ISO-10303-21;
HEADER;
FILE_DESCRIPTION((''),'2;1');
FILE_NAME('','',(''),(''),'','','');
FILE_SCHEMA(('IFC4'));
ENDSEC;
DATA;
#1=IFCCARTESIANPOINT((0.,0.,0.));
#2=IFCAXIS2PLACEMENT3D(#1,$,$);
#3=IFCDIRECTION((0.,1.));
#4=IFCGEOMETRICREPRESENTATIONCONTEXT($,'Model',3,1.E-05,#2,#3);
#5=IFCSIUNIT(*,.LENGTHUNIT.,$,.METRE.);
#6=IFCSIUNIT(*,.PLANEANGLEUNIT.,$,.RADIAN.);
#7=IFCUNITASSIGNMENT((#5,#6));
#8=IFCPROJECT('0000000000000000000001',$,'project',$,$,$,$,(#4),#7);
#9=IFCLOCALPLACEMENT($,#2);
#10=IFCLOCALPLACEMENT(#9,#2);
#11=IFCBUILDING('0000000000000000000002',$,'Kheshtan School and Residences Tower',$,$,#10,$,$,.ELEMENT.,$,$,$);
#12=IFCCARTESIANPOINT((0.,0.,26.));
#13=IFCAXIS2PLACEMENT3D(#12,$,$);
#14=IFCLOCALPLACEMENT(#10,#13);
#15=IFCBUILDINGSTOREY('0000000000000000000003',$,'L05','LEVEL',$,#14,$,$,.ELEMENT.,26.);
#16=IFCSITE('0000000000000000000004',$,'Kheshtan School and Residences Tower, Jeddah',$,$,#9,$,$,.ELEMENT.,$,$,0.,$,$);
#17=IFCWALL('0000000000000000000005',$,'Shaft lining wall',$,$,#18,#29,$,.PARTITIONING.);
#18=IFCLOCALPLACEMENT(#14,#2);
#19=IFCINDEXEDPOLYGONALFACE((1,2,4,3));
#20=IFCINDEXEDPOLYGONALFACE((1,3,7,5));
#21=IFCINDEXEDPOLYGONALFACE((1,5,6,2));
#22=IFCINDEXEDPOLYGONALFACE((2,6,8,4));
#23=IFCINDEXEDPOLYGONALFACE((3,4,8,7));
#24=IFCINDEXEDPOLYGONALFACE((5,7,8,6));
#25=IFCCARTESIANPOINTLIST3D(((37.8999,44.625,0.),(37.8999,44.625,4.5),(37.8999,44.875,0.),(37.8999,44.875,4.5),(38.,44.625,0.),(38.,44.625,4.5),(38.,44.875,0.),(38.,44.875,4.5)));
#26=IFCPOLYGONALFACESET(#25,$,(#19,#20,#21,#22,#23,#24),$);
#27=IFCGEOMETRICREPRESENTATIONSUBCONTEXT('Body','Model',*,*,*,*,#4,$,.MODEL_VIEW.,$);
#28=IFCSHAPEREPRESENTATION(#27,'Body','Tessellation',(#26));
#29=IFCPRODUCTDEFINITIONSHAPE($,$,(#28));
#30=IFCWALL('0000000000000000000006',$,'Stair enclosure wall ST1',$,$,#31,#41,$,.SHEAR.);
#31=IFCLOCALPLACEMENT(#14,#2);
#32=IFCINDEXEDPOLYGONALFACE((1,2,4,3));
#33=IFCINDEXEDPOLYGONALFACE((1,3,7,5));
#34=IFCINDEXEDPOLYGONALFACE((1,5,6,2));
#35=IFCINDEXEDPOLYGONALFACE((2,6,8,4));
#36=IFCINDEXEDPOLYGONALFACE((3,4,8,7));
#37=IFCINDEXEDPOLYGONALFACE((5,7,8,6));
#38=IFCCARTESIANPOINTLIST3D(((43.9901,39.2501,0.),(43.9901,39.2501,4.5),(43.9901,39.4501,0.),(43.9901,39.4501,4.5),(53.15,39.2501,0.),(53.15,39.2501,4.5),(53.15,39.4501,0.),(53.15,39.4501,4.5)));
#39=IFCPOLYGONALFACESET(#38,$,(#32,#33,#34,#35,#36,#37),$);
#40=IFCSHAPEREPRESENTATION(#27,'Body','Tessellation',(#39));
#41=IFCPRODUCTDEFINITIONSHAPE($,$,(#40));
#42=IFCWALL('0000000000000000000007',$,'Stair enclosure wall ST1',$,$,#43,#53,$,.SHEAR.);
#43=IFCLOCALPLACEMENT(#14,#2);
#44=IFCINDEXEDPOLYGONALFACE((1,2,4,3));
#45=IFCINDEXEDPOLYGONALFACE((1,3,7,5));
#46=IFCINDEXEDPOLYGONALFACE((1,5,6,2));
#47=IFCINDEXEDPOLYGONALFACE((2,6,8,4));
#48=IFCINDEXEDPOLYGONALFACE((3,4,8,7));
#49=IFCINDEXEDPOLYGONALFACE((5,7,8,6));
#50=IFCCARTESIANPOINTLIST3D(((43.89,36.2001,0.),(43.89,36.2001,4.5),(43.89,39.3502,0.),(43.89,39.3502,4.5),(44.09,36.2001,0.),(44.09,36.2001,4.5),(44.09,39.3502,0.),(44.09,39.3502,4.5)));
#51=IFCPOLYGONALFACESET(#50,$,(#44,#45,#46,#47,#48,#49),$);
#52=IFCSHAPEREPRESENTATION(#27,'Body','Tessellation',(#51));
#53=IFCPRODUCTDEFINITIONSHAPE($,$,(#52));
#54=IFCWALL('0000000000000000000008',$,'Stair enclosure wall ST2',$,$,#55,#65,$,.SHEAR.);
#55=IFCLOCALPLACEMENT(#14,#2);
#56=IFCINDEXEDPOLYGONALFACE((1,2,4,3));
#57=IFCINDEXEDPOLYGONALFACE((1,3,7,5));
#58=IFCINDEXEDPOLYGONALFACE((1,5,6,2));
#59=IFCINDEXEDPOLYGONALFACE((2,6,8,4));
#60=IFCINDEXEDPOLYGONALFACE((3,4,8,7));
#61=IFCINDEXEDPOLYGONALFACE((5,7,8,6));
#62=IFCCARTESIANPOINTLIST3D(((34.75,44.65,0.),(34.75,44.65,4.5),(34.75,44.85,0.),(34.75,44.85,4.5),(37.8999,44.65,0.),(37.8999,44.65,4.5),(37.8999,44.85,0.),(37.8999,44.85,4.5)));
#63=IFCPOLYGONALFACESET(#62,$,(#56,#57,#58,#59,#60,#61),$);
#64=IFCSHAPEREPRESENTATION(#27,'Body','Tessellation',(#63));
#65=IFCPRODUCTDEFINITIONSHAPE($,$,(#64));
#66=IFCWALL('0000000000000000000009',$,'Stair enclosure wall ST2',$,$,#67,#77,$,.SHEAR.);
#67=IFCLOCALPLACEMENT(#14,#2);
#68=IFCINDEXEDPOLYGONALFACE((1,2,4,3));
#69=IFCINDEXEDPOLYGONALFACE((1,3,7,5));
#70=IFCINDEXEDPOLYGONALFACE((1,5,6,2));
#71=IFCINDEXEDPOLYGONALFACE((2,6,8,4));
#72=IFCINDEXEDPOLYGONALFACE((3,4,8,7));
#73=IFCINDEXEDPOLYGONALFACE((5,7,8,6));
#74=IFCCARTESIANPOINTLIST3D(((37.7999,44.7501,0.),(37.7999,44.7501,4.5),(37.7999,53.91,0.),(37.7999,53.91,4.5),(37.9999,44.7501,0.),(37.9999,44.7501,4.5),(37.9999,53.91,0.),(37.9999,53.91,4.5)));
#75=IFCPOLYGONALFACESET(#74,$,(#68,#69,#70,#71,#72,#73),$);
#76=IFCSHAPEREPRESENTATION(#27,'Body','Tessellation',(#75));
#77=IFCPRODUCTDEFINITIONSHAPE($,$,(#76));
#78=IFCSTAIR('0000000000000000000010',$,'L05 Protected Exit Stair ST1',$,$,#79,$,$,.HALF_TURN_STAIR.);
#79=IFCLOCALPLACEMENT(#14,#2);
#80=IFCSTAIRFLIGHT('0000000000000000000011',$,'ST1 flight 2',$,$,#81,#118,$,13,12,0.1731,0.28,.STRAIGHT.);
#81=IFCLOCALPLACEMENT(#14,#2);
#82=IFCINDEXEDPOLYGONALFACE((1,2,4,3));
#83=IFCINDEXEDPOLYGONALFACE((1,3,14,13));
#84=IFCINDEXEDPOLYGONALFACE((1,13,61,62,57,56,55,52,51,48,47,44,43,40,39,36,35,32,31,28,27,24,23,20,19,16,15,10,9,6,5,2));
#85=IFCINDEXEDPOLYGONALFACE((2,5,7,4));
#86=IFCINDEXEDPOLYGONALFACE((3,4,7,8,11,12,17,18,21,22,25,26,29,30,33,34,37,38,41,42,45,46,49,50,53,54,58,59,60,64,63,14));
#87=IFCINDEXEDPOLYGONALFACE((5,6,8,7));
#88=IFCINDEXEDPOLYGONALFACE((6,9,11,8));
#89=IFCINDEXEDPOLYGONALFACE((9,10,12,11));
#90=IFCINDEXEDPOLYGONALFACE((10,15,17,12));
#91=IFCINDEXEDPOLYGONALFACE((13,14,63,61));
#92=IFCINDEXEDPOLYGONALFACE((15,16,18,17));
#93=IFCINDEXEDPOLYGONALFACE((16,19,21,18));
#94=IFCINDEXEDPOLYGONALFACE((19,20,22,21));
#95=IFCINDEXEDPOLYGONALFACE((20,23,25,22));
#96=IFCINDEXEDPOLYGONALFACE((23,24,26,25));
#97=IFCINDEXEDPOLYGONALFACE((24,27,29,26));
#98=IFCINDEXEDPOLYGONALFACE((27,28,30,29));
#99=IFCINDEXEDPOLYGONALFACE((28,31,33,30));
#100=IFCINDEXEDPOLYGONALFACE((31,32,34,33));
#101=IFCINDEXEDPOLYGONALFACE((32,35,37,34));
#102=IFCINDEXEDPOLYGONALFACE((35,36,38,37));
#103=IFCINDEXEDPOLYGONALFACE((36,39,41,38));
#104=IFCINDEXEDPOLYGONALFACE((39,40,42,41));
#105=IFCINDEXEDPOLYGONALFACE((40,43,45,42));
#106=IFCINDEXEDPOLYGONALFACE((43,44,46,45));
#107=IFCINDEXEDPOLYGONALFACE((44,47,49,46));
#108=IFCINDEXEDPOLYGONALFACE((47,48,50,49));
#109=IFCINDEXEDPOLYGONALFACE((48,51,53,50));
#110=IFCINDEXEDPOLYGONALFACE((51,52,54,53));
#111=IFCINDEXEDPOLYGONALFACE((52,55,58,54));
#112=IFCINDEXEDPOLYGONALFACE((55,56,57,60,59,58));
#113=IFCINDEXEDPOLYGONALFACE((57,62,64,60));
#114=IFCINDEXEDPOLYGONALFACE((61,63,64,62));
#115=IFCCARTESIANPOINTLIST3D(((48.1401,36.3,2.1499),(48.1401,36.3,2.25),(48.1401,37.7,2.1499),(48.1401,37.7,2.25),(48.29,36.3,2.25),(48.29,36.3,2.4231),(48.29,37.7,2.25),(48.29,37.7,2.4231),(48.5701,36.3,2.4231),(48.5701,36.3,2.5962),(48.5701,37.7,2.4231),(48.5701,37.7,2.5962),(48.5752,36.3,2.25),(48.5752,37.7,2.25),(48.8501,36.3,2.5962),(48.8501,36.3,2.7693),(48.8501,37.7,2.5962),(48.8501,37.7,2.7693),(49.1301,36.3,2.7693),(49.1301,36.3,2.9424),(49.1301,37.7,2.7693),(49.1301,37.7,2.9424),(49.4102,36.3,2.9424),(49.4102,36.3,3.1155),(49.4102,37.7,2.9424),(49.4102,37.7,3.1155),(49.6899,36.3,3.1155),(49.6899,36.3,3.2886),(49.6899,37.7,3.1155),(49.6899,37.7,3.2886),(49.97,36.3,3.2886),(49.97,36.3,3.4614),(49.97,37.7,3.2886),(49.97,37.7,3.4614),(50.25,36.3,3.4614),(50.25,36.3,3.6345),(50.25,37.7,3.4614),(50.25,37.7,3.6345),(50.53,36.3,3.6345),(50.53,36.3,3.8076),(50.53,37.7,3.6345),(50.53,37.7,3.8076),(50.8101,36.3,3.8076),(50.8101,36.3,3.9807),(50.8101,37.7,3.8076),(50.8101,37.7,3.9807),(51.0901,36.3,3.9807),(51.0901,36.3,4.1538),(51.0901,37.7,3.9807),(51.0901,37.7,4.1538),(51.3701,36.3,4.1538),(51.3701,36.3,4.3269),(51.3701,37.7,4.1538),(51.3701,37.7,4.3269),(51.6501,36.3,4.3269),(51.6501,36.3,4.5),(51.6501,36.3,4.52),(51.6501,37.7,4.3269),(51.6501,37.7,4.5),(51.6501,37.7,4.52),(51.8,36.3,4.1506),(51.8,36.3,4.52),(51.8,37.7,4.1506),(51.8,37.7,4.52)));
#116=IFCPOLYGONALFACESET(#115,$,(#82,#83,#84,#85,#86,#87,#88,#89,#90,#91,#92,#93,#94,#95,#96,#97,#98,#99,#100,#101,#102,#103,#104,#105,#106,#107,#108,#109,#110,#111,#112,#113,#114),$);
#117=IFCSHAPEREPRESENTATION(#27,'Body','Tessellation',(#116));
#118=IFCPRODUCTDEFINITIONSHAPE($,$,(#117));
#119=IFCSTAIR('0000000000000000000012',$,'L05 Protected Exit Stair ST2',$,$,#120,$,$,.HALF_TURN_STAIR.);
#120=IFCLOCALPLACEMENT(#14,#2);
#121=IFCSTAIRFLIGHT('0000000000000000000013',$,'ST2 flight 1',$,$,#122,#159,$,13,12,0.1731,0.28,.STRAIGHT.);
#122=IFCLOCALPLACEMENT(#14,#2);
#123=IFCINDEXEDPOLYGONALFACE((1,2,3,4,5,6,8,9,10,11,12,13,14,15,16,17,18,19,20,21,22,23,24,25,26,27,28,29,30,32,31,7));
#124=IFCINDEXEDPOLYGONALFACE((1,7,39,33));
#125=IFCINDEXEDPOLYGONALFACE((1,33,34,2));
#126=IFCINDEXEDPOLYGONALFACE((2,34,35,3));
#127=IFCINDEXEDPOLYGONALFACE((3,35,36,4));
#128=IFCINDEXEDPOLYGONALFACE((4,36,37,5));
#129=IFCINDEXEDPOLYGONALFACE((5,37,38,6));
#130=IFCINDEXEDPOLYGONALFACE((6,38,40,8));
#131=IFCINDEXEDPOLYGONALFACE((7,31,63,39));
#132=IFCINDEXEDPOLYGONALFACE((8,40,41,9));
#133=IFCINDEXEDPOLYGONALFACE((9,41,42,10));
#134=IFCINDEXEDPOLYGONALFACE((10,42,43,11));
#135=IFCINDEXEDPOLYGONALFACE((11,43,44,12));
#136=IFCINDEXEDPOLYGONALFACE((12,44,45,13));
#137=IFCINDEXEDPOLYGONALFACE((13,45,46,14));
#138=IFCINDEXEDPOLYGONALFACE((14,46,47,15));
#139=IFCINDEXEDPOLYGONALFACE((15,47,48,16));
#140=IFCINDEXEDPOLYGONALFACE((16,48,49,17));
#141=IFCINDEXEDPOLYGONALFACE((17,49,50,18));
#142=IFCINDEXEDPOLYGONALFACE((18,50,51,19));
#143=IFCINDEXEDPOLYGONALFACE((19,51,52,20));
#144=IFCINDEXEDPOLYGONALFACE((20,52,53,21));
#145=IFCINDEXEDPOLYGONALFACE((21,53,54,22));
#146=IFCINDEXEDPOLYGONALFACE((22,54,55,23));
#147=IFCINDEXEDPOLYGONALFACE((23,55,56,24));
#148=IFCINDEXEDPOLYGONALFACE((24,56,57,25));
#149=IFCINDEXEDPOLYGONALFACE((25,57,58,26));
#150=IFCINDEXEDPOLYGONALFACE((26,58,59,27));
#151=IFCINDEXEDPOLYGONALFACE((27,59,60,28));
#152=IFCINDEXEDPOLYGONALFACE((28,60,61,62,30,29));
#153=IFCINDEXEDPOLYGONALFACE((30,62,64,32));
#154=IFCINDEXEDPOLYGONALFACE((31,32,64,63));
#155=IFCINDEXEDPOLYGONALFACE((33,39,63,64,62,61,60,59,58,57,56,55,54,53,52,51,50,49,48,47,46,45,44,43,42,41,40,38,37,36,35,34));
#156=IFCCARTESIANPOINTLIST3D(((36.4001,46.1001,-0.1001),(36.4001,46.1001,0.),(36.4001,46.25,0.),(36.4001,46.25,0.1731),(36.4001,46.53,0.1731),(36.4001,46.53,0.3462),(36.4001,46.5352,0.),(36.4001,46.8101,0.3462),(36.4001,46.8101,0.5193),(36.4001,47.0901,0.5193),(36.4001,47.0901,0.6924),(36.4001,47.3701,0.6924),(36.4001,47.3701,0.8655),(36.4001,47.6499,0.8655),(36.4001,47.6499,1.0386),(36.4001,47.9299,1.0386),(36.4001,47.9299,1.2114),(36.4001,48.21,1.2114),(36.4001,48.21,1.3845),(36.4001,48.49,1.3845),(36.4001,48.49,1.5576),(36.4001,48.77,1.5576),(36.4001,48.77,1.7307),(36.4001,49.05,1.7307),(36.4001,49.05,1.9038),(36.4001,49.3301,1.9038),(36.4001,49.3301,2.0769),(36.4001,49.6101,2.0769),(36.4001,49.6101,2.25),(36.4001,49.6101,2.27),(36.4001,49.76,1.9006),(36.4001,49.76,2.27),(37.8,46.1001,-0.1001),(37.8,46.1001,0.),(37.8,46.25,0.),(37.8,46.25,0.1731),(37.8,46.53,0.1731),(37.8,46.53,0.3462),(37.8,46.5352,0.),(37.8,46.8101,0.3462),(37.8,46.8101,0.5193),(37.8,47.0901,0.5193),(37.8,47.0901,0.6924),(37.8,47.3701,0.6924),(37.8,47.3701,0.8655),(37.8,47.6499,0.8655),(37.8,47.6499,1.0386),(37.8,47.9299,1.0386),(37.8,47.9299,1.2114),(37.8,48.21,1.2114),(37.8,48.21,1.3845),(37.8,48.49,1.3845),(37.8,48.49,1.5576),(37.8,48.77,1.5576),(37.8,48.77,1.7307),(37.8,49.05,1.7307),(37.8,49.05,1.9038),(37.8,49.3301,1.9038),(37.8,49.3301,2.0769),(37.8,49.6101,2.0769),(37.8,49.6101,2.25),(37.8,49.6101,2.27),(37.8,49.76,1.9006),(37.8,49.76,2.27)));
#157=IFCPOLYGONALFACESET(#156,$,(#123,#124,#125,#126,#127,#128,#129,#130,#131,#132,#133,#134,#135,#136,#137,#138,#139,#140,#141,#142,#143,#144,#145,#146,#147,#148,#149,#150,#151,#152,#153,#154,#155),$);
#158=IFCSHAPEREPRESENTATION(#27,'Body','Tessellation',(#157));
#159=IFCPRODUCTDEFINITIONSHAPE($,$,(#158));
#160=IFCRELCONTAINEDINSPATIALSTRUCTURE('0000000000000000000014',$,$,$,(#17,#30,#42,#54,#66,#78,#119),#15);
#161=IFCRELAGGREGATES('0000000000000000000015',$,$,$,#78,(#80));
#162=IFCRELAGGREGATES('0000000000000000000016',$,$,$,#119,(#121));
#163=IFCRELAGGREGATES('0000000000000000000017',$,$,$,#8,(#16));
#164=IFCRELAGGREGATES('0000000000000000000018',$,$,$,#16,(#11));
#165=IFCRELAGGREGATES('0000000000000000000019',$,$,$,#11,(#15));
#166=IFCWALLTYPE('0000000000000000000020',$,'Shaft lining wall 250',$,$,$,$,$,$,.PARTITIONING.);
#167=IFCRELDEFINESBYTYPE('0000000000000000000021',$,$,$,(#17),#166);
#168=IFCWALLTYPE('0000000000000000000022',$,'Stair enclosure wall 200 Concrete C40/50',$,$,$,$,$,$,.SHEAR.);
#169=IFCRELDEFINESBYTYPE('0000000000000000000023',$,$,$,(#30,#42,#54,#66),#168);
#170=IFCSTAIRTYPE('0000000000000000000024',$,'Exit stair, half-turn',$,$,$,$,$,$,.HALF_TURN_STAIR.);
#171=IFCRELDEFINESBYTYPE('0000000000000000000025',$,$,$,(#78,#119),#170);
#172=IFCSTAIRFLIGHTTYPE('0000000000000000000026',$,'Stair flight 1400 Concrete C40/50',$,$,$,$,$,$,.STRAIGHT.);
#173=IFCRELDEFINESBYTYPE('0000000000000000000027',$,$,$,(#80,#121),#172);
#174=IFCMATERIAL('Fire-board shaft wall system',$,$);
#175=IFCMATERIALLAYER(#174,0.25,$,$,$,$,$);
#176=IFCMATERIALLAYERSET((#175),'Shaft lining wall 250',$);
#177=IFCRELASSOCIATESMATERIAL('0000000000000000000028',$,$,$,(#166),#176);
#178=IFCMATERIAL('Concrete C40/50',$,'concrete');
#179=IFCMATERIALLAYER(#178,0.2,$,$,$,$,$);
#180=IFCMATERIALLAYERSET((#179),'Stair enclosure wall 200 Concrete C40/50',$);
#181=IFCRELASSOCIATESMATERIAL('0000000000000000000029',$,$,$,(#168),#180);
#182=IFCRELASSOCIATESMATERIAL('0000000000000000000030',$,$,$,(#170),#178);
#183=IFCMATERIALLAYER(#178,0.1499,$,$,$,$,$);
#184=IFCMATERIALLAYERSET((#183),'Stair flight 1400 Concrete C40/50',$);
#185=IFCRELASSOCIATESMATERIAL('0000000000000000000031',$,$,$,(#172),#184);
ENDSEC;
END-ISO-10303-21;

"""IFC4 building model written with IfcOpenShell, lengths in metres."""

from ifc_helpers import new_model, si_unit, direction, frame, frame_2d, origin, place, context, subcontext, project, spatial, polyline, rectangle, outline, extrude, material, layer, layer_set, type_object, element, aggregate, save


model = new_model("IFC4")

# Units and contexts
model_context = context("Model", 3, precision=1e-05, world=origin(), true_north=direction((0.0, 1.0)))
body_context = subcontext(model_context, "Body", "Model", "MODEL_VIEW")
ifc_project = project(units=[si_unit("LENGTHUNIT", "METRE"), si_unit("PLANEANGLEUNIT", "RADIAN")], contexts=[model_context])

# Site, building, storey
site_placement = place(None, origin())
site = spatial("IfcSite", under=ifc_project, at=site_placement, Name="Kheshtan School and Residences Tower, Jeddah", CompositionType="ELEMENT", RefElevation=0.0)
building_placement = place(site_placement, origin())
building = spatial("IfcBuilding", under=site, at=building_placement, Name="Kheshtan School and Residences Tower", CompositionType="ELEMENT")
storey_placement = place(building_placement, frame((0.0, 0.0, 26.0)))
storey = spatial("IfcBuildingStorey", under=building, at=storey_placement, Name="L05", Description="LEVEL", CompositionType="ELEMENT", Elevation=26.0)

# Walls
ifc_material_1 = material(Name="Fire-board shaft wall system")
ifc_layer_1 = layer(ifc_material_1, 0.25)
ifc_layer_set_1 = layer_set([ifc_layer_1], Name="Shaft lining wall 250")
wall_type_1 = type_object("IfcWallType", Name="Shaft lining wall 250", PredefinedType="PARTITIONING", material=ifc_layer_set_1)
wall_1_placement = place(storey_placement, frame((37.8999, 44.75, 0.0), z_axis=(0.0, 0.0, 1.0), x_axis=(1.0, 0.0, 0.0)))
element("IfcWall", 1, at=wall_1_placement, inside=storey, type_object=wall_type_1, Name="Shaft lining wall", PredefinedType="PARTITIONING", context=body_context, shape_type="SweptSolid", body=[
    extrude(rectangle(XDim=0.1001, YDim=0.25, at=frame_2d((0.05, 0.0))), origin(), (0.0, 0.0, 1.0), 4.5),
])
ifc_material_2 = material(Name="Concrete C40/50", Category="concrete")
ifc_layer_2 = layer(ifc_material_2, 0.2)
ifc_layer_set_2 = layer_set([ifc_layer_2], Name="Stair enclosure wall 200 Concrete C40/50")
wall_type_2 = type_object("IfcWallType", Name="Stair enclosure wall 200 Concrete C40/50", PredefinedType="SHEAR", material=ifc_layer_set_2)
wall_2_placement = place(storey_placement, frame((43.99, 39.3501, 0.0), z_axis=(0.0, 0.0, 1.0), x_axis=(1.0, 0.0, 0.0)))
element("IfcWall", 2, at=wall_2_placement, inside=storey, type_object=wall_type_2, Name="Stair enclosure wall ST1", PredefinedType="SHEAR", context=body_context, shape_type="SweptSolid", body=[
    extrude(rectangle(XDim=9.1599, YDim=0.2, at=frame_2d((4.5801, 0.0))), origin(), (0.0, 0.0, 1.0), 4.5),
])
wall_3_placement = place(storey_placement, frame((43.99, 36.2, 0.0), z_axis=(0.0, 0.0, 1.0), x_axis=(0.0, 1.0, 0.0)))
element("IfcWall", 3, at=wall_3_placement, inside=storey, type_object=wall_type_2, Name="Stair enclosure wall ST1", PredefinedType="SHEAR", context=body_context, shape_type="SweptSolid", body=[
    extrude(rectangle(XDim=3.1501, YDim=0.2, at=frame_2d((1.5752, 0.0))), origin(), (0.0, 0.0, 1.0), 4.5),
])
wall_4_placement = place(storey_placement, frame((34.75, 44.75, 0.0), z_axis=(0.0, 0.0, 1.0), x_axis=(1.0, 0.0, 0.0)))
element("IfcWall", 4, at=wall_4_placement, inside=storey, type_object=wall_type_2, Name="Stair enclosure wall ST2", PredefinedType="SHEAR", context=body_context, shape_type="SweptSolid", body=[
    extrude(rectangle(XDim=3.1499, YDim=0.2, at=frame_2d((1.575, 0.0))), origin(), (0.0, 0.0, 1.0), 4.5),
])
wall_5_placement = place(storey_placement, frame((37.8999, 44.75, 0.0), z_axis=(0.0, 0.0, 1.0), x_axis=(0.0, 1.0, 0.0)))
element("IfcWall", 5, at=wall_5_placement, inside=storey, type_object=wall_type_2, Name="Stair enclosure wall ST2", PredefinedType="SHEAR", context=body_context, shape_type="SweptSolid", body=[
    extrude(rectangle(XDim=9.1599, YDim=0.2, at=frame_2d((4.5801, 0.0))), origin(), (0.0, 0.0, 1.0), 4.5),
])

# Stairs, stair flights
stair_type = type_object("IfcStairType", Name="Exit stair, half-turn", PredefinedType="HALF_TURN_STAIR", material=ifc_material_2)
stair_1_placement = place(storey_placement, origin())
stair_1 = element("IfcStair", 6, at=stair_1_placement, inside=storey, type_object=stair_type, Name="L05 Protected Exit Stair ST1", PredefinedType="HALF_TURN_STAIR")
ifc_layer_3 = layer(ifc_material_2, 0.1499)
ifc_layer_set_3 = layer_set([ifc_layer_3], Name="Stair flight 1400 Concrete C40/50")
stair_flight_type = type_object("IfcStairFlightType", Name="Stair flight 1400 Concrete C40/50", PredefinedType="STRAIGHT", material=ifc_layer_set_3)
stair_flight_1_placement = place(storey_placement, frame((48.29, 37.0, 2.25), z_axis=(0.0, 0.0, 1.0), x_axis=(1.0, 0.0, 0.0)))
stair_flight_1 = element("IfcStairFlight", 7, at=stair_flight_1_placement, type_object=stair_flight_type, Name="ST1 flight 2", NumberOfRisers=13, NumberOfTreads=12, PredefinedType="STRAIGHT", RiserHeight=0.1731, TreadLength=0.28, context=body_context, shape_type="SweptSolid", body=[
    extrude(outline(polyline([(-0.1499, -0.1001), (-0.1499, 0.0), (0.0, 0.0), (0.0, 0.1731), (0.28, 0.1731), (0.28, 0.3462), (0.5601, 0.3462), (0.5601, 0.5193), (0.8401, 0.5193), (0.8401, 0.6924), (1.1201, 0.6924), (1.1201, 0.8655), (1.3999, 0.8655), (1.3999, 1.0386), (1.6799, 1.0386), (1.6799, 1.2114), (1.96, 1.2114), (1.96, 1.3845), (2.24, 1.3845), (2.24, 1.5576), (2.52, 1.5576), (2.52, 1.7307), (2.8, 1.7307), (2.8, 1.9038), (3.0801, 1.9038), (3.0801, 2.0769), (3.3601, 2.0769), (3.3601, 2.25), (3.3601, 2.27), (3.51, 2.27), (3.51, 1.9006), (0.2852, 0.0), (-0.1499, -0.1001)])), frame((0.0, 0.7, 0.0), z_axis=(0.0, -1.0, 0.0), x_axis=(1.0, 0.0, 0.0)), (0.0, 0.0, 1.0), 1.3999),
])
aggregate(stair_1, [stair_flight_1])
stair_2_placement = place(storey_placement, origin())
stair_2 = element("IfcStair", 8, at=stair_2_placement, inside=storey, type_object=stair_type, Name="L05 Protected Exit Stair ST2", PredefinedType="HALF_TURN_STAIR")
stair_flight_2_placement = place(storey_placement, frame((37.1001, 46.25, 0.0), z_axis=(0.0, 0.0, 1.0), x_axis=(0.0, 1.0, 0.0)))
stair_flight_2 = element("IfcStairFlight", 9, at=stair_flight_2_placement, type_object=stair_flight_type, Name="ST2 flight 1", NumberOfRisers=13, NumberOfTreads=12, PredefinedType="STRAIGHT", RiserHeight=0.1731, TreadLength=0.28, context=body_context, shape_type="SweptSolid", body=[
    extrude(outline(polyline([(-0.1499, -0.1001), (-0.1499, 0.0), (0.0, 0.0), (0.0, 0.1731), (0.28, 0.1731), (0.28, 0.3462), (0.5601, 0.3462), (0.5601, 0.5193), (0.8401, 0.5193), (0.8401, 0.6924), (1.1201, 0.6924), (1.1201, 0.8655), (1.3999, 0.8655), (1.3999, 1.0386), (1.6799, 1.0386), (1.6799, 1.2114), (1.96, 1.2114), (1.96, 1.3845), (2.24, 1.3845), (2.24, 1.5576), (2.52, 1.5576), (2.52, 1.7307), (2.8, 1.7307), (2.8, 1.9038), (3.0801, 1.9038), (3.0801, 2.0769), (3.3601, 2.0769), (3.3601, 2.25), (3.3601, 2.27), (3.51, 2.27), (3.51, 1.9006), (0.2852, 0.0), (-0.1499, -0.1001)])), frame((0.0, 0.7, 0.0), z_axis=(0.0, -1.0, 0.0), x_axis=(1.0, 0.0, 0.0)), (0.0, 0.0, 1.0), 1.3999),
])
aggregate(stair_2, [stair_flight_2])

save(model, "model.ifc")
